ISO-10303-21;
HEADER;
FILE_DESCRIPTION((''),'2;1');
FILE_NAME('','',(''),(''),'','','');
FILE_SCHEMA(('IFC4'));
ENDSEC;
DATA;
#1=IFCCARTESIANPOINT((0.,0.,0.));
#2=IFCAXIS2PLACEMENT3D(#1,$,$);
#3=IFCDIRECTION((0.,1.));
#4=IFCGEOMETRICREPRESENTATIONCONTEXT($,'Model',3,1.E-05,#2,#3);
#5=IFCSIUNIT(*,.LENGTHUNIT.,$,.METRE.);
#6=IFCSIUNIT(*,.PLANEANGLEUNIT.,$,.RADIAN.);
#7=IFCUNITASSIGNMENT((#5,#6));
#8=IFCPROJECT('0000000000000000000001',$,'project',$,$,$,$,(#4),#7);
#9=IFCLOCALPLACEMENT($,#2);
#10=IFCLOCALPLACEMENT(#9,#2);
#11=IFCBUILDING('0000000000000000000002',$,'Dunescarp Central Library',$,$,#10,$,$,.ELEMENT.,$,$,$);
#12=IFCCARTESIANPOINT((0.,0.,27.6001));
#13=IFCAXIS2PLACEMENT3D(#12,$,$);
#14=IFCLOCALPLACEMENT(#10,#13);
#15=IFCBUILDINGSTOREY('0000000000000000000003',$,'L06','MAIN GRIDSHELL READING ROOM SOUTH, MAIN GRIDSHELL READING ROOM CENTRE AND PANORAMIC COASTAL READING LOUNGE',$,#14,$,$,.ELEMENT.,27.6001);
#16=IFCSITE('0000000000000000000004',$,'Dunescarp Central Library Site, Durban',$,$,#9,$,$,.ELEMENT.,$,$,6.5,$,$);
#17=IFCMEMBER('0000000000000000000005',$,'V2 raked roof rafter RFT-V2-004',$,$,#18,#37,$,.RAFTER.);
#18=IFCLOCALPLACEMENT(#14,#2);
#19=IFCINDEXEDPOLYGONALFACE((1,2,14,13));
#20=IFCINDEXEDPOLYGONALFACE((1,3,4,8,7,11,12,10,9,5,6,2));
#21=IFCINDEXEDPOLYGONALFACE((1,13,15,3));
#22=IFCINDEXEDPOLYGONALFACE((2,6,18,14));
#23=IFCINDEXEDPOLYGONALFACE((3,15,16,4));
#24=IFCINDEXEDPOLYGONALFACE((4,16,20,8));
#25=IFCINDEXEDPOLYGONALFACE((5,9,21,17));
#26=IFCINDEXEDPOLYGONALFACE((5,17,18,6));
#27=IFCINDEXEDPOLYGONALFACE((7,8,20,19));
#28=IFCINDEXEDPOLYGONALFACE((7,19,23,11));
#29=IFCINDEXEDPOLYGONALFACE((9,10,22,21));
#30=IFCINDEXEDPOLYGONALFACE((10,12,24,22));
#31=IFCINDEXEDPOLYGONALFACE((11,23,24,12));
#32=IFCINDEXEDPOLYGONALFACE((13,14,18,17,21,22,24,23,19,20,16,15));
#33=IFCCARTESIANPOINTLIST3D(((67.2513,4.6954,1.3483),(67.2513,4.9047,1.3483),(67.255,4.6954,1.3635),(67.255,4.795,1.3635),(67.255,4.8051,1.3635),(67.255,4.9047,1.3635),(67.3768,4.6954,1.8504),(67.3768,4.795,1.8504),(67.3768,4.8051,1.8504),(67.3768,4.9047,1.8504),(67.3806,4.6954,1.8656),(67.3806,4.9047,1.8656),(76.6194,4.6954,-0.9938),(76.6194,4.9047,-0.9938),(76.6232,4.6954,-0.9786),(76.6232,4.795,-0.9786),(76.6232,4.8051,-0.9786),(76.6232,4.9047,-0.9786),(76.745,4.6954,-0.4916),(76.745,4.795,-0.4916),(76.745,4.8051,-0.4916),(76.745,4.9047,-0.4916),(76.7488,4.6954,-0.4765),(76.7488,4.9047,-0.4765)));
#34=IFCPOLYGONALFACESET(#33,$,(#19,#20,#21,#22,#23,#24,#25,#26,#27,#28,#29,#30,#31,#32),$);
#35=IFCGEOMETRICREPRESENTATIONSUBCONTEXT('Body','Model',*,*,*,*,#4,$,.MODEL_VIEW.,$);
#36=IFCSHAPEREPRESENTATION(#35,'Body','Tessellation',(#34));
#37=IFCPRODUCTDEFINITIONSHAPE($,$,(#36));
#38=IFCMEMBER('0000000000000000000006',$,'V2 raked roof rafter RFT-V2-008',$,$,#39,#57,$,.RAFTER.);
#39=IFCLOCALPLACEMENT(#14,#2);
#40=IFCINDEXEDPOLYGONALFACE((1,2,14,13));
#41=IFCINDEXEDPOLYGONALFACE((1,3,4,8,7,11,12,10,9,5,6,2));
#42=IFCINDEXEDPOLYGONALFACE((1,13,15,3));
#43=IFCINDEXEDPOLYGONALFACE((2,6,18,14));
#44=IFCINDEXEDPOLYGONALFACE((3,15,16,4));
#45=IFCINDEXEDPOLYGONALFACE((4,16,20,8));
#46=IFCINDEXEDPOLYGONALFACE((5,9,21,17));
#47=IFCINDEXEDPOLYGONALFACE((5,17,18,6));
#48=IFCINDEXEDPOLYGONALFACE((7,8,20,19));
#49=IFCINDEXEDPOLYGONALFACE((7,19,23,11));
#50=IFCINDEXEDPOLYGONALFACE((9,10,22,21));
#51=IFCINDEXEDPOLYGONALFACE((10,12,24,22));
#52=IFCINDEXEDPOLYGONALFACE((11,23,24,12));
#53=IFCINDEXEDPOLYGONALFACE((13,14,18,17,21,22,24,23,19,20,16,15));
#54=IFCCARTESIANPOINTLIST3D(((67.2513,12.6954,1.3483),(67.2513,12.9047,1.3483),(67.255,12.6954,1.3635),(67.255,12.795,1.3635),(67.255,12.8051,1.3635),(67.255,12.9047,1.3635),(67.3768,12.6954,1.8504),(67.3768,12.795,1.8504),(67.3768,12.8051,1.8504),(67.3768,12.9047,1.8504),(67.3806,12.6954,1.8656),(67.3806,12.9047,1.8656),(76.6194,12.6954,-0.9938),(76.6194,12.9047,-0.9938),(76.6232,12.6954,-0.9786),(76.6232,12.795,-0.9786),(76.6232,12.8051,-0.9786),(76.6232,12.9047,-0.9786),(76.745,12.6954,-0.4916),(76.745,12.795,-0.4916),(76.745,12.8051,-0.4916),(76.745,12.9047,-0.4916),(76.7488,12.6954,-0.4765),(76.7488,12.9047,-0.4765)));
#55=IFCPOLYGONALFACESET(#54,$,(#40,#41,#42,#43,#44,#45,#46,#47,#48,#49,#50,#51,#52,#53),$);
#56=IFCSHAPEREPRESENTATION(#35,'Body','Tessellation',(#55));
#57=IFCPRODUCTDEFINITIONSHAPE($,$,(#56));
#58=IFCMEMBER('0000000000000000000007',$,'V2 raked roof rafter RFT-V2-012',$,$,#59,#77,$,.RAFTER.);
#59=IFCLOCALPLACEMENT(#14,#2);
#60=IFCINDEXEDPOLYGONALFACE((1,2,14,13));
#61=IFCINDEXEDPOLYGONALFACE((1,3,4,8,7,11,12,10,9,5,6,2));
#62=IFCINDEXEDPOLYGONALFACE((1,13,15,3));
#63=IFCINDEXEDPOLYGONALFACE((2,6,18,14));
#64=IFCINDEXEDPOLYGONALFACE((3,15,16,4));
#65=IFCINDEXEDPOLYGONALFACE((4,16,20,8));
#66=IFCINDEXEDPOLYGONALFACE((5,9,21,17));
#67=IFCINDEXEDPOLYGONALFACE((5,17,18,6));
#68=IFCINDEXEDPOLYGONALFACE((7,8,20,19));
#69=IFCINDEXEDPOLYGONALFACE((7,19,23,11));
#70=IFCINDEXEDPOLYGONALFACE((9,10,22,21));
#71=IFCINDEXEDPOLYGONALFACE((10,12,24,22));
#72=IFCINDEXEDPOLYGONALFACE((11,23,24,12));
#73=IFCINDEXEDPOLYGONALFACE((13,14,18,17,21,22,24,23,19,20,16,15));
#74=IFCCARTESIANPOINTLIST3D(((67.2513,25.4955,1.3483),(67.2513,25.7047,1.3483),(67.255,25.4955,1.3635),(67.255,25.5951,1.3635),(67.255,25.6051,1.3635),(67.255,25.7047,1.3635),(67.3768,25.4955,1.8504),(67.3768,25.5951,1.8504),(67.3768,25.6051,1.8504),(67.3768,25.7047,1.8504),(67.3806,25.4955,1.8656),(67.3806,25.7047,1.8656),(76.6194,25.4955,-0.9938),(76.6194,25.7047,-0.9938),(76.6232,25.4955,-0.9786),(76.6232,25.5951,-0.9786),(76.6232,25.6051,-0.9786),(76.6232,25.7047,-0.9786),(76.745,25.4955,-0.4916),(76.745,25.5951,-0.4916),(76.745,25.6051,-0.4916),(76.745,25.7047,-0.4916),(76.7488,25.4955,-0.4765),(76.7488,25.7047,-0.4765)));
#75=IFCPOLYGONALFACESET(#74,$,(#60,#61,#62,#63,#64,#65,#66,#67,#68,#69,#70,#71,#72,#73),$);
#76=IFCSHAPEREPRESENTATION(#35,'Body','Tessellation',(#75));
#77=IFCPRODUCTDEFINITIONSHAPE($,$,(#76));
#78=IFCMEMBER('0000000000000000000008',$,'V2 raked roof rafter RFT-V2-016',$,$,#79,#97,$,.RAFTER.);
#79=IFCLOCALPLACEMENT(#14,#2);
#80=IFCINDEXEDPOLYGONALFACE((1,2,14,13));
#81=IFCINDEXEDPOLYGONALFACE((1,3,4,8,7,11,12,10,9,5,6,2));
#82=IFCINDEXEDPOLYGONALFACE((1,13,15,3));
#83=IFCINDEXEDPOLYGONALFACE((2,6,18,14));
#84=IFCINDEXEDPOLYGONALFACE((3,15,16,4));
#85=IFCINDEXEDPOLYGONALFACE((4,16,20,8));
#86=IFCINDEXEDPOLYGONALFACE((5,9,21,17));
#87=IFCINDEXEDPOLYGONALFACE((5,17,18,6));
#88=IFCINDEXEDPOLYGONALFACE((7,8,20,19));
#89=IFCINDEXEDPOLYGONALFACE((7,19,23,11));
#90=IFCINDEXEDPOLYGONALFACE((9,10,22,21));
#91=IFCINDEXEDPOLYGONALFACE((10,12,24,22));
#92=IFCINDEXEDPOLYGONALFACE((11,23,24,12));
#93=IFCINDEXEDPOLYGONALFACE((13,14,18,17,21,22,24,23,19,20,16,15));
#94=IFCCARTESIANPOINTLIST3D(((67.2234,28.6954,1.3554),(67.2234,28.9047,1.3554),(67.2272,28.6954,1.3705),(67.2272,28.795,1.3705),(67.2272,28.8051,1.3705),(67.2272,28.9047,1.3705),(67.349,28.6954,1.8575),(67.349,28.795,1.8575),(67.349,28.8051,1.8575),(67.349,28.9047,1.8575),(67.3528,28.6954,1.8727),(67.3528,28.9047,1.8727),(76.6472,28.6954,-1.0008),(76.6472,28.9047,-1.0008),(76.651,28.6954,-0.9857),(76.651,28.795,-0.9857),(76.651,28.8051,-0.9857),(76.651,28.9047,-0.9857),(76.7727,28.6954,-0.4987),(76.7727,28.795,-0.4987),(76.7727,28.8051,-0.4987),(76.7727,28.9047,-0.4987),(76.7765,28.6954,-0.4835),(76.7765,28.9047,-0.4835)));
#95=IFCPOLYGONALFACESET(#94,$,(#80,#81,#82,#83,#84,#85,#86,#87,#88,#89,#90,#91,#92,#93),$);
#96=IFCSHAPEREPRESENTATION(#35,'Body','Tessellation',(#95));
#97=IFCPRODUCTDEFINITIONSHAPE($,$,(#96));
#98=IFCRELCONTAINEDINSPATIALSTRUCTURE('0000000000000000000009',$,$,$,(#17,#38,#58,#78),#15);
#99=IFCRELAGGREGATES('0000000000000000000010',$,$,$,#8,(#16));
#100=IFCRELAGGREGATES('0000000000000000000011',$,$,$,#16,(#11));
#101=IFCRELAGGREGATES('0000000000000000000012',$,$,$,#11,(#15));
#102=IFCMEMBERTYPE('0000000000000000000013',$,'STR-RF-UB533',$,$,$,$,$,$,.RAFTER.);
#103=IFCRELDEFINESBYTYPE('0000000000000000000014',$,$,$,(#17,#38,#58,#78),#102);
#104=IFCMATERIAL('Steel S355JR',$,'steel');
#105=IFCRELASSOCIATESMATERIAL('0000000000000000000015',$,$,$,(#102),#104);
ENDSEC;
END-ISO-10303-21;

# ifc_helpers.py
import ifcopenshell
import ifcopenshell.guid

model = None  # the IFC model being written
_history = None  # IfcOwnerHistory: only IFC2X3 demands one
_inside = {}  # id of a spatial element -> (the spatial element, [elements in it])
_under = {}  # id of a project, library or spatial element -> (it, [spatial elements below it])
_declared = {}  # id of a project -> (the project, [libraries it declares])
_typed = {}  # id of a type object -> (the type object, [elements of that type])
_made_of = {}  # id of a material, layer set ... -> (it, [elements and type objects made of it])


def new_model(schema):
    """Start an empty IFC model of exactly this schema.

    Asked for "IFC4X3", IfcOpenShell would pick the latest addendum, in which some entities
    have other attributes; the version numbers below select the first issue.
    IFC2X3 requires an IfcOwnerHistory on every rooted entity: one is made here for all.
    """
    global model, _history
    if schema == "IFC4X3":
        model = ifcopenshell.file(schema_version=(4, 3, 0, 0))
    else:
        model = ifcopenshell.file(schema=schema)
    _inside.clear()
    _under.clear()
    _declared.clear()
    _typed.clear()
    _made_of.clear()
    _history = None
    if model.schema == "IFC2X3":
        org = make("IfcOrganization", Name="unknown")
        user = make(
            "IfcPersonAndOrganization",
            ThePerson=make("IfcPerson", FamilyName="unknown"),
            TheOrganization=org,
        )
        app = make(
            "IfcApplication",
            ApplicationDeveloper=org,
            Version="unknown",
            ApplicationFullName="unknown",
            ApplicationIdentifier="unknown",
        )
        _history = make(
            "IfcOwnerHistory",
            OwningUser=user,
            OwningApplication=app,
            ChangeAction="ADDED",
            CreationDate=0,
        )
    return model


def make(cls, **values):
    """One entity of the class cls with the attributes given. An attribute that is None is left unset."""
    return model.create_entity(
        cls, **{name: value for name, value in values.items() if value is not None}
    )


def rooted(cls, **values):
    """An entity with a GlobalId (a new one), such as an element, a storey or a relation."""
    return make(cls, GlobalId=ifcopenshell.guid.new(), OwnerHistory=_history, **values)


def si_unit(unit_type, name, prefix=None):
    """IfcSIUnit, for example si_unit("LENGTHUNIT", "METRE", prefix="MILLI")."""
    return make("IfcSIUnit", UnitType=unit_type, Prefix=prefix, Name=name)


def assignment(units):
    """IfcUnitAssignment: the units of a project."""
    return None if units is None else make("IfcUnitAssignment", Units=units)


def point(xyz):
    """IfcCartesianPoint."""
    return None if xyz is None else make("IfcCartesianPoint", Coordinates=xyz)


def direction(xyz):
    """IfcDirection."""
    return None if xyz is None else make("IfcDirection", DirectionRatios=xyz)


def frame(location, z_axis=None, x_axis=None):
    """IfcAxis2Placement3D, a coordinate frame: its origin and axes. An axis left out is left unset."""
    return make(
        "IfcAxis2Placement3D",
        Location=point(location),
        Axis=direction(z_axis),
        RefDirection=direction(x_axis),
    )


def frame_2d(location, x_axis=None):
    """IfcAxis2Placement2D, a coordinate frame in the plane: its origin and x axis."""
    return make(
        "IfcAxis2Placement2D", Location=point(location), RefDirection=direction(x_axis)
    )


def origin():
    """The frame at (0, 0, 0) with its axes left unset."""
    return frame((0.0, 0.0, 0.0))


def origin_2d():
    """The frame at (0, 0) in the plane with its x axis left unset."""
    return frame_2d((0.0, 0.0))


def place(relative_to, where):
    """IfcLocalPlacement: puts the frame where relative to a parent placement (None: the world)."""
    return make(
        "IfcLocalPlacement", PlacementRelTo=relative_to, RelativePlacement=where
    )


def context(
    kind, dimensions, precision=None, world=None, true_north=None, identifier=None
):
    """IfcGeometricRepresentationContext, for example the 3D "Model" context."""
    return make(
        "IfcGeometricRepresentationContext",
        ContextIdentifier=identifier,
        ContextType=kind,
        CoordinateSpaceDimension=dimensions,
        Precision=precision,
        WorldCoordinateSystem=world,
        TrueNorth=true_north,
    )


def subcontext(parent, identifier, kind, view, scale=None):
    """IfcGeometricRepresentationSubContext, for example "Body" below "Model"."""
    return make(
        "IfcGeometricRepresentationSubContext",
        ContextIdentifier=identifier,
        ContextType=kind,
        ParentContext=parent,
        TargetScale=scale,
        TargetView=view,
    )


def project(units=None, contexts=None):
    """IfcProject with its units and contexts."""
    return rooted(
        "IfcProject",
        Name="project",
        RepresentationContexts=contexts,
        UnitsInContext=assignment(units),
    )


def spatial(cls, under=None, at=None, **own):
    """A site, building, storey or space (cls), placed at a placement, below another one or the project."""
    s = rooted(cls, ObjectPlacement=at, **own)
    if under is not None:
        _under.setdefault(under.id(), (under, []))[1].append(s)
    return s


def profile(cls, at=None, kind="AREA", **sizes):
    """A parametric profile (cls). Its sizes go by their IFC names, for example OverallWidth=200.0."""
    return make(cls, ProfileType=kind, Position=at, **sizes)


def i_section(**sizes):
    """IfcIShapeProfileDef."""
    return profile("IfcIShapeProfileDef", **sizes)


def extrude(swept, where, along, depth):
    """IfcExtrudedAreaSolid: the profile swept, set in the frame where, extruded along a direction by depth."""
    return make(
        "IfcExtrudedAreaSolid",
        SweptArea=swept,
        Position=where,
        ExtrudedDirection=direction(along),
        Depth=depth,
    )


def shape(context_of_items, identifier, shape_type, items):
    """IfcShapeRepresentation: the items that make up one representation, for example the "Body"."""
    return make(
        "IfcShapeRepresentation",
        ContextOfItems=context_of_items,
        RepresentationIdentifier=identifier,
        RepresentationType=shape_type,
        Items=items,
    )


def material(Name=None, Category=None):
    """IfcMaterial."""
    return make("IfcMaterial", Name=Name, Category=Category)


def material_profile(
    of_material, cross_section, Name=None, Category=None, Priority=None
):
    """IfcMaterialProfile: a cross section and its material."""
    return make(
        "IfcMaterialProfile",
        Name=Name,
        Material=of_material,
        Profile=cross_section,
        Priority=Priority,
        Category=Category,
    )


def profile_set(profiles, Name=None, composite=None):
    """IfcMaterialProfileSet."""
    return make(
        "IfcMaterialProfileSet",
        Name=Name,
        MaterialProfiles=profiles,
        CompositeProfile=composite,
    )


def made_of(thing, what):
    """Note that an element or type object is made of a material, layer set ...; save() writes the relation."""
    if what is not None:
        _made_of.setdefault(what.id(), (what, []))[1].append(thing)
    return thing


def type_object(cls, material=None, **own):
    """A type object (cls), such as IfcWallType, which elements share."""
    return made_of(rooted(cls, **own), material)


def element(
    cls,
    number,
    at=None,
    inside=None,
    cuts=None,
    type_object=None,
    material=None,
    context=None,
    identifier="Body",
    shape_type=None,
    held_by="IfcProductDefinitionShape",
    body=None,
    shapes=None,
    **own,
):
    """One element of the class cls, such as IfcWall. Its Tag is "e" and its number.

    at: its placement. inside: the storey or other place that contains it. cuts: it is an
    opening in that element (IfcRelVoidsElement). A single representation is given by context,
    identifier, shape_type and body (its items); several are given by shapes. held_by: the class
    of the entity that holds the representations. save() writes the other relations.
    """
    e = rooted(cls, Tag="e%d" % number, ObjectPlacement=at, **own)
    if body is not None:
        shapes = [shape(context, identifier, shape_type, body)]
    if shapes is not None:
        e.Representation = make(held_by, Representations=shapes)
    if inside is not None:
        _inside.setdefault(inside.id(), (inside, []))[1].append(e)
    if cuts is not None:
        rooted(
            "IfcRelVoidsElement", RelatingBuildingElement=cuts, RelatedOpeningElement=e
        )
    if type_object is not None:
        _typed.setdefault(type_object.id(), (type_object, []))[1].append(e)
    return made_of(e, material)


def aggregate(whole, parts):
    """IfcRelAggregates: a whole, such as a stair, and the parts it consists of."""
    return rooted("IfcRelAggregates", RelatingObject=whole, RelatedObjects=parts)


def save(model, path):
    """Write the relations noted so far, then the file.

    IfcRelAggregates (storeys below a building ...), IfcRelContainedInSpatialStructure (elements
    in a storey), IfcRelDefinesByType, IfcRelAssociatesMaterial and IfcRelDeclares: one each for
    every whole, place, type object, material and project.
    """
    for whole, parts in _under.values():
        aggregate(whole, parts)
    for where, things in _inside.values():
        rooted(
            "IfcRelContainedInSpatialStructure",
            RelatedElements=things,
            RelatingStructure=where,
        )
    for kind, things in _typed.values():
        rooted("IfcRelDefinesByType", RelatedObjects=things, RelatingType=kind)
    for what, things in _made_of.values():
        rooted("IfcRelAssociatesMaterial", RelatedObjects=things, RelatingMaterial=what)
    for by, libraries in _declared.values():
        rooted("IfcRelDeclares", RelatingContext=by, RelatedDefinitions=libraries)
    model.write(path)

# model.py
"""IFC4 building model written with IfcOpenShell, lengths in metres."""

from ifc_helpers import new_model, si_unit, direction, frame, origin, origin_2d, place, context, subcontext, project, spatial, i_section, extrude, material, material_profile, profile_set, type_object, element, save


model = new_model("IFC4")

# Units and contexts
model_context = context("Model", 3, precision=1e-05, world=origin(), true_north=direction((0.0, 1.0)))
body_context = subcontext(model_context, "Body", "Model", "MODEL_VIEW")
ifc_project = project(units=[si_unit("LENGTHUNIT", "METRE"), si_unit("PLANEANGLEUNIT", "RADIAN")], contexts=[model_context])

# Site, building, storey
site_placement = place(None, origin())
site = spatial("IfcSite", under=ifc_project, at=site_placement, Name="Dunescarp Central Library Site, Durban", CompositionType="ELEMENT", RefElevation=6.5)
building_placement = place(site_placement, origin())
building = spatial("IfcBuilding", under=site, at=building_placement, Name="Dunescarp Central Library", CompositionType="ELEMENT")
storey_placement = place(building_placement, frame((0.0, 0.0, 27.6001)))
storey = spatial("IfcBuildingStorey", under=building, at=storey_placement, Name="L06", Description="MAIN GRIDSHELL READING ROOM SOUTH, MAIN GRIDSHELL READING ROOM CENTRE AND PANORAMIC COASTAL READING LOUNGE", CompositionType="ELEMENT", Elevation=27.6001)

# Shared definitions
ifc_material = material(Name="Steel S355JR", Category="steel")

# Members
ifc_material_profile_1 = material_profile(ifc_material, i_section(OverallWidth=0.2092, OverallDepth=0.5332, WebThickness=0.01, FlangeThickness=0.0156, at=origin_2d()), Name="UB 533x210x92")
ifc_profile_set_1 = profile_set([ifc_material_profile_1], Name="Steel S355JR")
member_type_1 = type_object("IfcMemberType", Name="STR-RF-UB533", PredefinedType="RAFTER", material=ifc_profile_set_1)
for number, where, z_axis, x_axis, name in (
    (1, (67.3159, 4.8, 1.6069), (0.970143, 0.0, -0.242536), (0.0, 1.0, 0.0), "V2 raked roof rafter RFT-V2-004"),
    (2, (67.3159, 12.8, 1.6069), (0.970143, 0.0, -0.242536), (0.0, 1.0, 0.0), "V2 raked roof rafter RFT-V2-008"),
    (3, (67.3159, 25.6001, 1.6069), (0.970143, 0.0, -0.242536), (0.0, 1.0, 0.0), "V2 raked roof rafter RFT-V2-012"),
):
    element("IfcMember", number, at=place(storey_placement, frame(where, z_axis=z_axis, x_axis=x_axis)), inside=storey, type_object=member_type_1, Name=name, PredefinedType="RAFTER", context=body_context, shape_type="SweptSolid", body=[
        extrude(i_section(OverallWidth=0.2092, OverallDepth=0.5332, WebThickness=0.01, FlangeThickness=0.0156, at=origin_2d()), origin(), (0.0, 0.0, 1.0), 9.6565),
    ])
member_1_placement = place(storey_placement, frame((67.2881, 28.8, 1.614), z_axis=(0.970137, 0.0, -0.242559), x_axis=(0.0, 1.0, 0.0)))
element("IfcMember", 4, at=member_1_placement, inside=storey, type_object=member_type_1, Name="V2 raked roof rafter RFT-V2-016", PredefinedType="RAFTER", context=body_context, shape_type="SweptSolid", body=[
    extrude(i_section(OverallWidth=0.2092, OverallDepth=0.5332, WebThickness=0.01, FlangeThickness=0.0156, at=origin_2d()), origin(), (0.0, 0.0, 1.0), 9.7139),
])

save(model, "model.ifc")
